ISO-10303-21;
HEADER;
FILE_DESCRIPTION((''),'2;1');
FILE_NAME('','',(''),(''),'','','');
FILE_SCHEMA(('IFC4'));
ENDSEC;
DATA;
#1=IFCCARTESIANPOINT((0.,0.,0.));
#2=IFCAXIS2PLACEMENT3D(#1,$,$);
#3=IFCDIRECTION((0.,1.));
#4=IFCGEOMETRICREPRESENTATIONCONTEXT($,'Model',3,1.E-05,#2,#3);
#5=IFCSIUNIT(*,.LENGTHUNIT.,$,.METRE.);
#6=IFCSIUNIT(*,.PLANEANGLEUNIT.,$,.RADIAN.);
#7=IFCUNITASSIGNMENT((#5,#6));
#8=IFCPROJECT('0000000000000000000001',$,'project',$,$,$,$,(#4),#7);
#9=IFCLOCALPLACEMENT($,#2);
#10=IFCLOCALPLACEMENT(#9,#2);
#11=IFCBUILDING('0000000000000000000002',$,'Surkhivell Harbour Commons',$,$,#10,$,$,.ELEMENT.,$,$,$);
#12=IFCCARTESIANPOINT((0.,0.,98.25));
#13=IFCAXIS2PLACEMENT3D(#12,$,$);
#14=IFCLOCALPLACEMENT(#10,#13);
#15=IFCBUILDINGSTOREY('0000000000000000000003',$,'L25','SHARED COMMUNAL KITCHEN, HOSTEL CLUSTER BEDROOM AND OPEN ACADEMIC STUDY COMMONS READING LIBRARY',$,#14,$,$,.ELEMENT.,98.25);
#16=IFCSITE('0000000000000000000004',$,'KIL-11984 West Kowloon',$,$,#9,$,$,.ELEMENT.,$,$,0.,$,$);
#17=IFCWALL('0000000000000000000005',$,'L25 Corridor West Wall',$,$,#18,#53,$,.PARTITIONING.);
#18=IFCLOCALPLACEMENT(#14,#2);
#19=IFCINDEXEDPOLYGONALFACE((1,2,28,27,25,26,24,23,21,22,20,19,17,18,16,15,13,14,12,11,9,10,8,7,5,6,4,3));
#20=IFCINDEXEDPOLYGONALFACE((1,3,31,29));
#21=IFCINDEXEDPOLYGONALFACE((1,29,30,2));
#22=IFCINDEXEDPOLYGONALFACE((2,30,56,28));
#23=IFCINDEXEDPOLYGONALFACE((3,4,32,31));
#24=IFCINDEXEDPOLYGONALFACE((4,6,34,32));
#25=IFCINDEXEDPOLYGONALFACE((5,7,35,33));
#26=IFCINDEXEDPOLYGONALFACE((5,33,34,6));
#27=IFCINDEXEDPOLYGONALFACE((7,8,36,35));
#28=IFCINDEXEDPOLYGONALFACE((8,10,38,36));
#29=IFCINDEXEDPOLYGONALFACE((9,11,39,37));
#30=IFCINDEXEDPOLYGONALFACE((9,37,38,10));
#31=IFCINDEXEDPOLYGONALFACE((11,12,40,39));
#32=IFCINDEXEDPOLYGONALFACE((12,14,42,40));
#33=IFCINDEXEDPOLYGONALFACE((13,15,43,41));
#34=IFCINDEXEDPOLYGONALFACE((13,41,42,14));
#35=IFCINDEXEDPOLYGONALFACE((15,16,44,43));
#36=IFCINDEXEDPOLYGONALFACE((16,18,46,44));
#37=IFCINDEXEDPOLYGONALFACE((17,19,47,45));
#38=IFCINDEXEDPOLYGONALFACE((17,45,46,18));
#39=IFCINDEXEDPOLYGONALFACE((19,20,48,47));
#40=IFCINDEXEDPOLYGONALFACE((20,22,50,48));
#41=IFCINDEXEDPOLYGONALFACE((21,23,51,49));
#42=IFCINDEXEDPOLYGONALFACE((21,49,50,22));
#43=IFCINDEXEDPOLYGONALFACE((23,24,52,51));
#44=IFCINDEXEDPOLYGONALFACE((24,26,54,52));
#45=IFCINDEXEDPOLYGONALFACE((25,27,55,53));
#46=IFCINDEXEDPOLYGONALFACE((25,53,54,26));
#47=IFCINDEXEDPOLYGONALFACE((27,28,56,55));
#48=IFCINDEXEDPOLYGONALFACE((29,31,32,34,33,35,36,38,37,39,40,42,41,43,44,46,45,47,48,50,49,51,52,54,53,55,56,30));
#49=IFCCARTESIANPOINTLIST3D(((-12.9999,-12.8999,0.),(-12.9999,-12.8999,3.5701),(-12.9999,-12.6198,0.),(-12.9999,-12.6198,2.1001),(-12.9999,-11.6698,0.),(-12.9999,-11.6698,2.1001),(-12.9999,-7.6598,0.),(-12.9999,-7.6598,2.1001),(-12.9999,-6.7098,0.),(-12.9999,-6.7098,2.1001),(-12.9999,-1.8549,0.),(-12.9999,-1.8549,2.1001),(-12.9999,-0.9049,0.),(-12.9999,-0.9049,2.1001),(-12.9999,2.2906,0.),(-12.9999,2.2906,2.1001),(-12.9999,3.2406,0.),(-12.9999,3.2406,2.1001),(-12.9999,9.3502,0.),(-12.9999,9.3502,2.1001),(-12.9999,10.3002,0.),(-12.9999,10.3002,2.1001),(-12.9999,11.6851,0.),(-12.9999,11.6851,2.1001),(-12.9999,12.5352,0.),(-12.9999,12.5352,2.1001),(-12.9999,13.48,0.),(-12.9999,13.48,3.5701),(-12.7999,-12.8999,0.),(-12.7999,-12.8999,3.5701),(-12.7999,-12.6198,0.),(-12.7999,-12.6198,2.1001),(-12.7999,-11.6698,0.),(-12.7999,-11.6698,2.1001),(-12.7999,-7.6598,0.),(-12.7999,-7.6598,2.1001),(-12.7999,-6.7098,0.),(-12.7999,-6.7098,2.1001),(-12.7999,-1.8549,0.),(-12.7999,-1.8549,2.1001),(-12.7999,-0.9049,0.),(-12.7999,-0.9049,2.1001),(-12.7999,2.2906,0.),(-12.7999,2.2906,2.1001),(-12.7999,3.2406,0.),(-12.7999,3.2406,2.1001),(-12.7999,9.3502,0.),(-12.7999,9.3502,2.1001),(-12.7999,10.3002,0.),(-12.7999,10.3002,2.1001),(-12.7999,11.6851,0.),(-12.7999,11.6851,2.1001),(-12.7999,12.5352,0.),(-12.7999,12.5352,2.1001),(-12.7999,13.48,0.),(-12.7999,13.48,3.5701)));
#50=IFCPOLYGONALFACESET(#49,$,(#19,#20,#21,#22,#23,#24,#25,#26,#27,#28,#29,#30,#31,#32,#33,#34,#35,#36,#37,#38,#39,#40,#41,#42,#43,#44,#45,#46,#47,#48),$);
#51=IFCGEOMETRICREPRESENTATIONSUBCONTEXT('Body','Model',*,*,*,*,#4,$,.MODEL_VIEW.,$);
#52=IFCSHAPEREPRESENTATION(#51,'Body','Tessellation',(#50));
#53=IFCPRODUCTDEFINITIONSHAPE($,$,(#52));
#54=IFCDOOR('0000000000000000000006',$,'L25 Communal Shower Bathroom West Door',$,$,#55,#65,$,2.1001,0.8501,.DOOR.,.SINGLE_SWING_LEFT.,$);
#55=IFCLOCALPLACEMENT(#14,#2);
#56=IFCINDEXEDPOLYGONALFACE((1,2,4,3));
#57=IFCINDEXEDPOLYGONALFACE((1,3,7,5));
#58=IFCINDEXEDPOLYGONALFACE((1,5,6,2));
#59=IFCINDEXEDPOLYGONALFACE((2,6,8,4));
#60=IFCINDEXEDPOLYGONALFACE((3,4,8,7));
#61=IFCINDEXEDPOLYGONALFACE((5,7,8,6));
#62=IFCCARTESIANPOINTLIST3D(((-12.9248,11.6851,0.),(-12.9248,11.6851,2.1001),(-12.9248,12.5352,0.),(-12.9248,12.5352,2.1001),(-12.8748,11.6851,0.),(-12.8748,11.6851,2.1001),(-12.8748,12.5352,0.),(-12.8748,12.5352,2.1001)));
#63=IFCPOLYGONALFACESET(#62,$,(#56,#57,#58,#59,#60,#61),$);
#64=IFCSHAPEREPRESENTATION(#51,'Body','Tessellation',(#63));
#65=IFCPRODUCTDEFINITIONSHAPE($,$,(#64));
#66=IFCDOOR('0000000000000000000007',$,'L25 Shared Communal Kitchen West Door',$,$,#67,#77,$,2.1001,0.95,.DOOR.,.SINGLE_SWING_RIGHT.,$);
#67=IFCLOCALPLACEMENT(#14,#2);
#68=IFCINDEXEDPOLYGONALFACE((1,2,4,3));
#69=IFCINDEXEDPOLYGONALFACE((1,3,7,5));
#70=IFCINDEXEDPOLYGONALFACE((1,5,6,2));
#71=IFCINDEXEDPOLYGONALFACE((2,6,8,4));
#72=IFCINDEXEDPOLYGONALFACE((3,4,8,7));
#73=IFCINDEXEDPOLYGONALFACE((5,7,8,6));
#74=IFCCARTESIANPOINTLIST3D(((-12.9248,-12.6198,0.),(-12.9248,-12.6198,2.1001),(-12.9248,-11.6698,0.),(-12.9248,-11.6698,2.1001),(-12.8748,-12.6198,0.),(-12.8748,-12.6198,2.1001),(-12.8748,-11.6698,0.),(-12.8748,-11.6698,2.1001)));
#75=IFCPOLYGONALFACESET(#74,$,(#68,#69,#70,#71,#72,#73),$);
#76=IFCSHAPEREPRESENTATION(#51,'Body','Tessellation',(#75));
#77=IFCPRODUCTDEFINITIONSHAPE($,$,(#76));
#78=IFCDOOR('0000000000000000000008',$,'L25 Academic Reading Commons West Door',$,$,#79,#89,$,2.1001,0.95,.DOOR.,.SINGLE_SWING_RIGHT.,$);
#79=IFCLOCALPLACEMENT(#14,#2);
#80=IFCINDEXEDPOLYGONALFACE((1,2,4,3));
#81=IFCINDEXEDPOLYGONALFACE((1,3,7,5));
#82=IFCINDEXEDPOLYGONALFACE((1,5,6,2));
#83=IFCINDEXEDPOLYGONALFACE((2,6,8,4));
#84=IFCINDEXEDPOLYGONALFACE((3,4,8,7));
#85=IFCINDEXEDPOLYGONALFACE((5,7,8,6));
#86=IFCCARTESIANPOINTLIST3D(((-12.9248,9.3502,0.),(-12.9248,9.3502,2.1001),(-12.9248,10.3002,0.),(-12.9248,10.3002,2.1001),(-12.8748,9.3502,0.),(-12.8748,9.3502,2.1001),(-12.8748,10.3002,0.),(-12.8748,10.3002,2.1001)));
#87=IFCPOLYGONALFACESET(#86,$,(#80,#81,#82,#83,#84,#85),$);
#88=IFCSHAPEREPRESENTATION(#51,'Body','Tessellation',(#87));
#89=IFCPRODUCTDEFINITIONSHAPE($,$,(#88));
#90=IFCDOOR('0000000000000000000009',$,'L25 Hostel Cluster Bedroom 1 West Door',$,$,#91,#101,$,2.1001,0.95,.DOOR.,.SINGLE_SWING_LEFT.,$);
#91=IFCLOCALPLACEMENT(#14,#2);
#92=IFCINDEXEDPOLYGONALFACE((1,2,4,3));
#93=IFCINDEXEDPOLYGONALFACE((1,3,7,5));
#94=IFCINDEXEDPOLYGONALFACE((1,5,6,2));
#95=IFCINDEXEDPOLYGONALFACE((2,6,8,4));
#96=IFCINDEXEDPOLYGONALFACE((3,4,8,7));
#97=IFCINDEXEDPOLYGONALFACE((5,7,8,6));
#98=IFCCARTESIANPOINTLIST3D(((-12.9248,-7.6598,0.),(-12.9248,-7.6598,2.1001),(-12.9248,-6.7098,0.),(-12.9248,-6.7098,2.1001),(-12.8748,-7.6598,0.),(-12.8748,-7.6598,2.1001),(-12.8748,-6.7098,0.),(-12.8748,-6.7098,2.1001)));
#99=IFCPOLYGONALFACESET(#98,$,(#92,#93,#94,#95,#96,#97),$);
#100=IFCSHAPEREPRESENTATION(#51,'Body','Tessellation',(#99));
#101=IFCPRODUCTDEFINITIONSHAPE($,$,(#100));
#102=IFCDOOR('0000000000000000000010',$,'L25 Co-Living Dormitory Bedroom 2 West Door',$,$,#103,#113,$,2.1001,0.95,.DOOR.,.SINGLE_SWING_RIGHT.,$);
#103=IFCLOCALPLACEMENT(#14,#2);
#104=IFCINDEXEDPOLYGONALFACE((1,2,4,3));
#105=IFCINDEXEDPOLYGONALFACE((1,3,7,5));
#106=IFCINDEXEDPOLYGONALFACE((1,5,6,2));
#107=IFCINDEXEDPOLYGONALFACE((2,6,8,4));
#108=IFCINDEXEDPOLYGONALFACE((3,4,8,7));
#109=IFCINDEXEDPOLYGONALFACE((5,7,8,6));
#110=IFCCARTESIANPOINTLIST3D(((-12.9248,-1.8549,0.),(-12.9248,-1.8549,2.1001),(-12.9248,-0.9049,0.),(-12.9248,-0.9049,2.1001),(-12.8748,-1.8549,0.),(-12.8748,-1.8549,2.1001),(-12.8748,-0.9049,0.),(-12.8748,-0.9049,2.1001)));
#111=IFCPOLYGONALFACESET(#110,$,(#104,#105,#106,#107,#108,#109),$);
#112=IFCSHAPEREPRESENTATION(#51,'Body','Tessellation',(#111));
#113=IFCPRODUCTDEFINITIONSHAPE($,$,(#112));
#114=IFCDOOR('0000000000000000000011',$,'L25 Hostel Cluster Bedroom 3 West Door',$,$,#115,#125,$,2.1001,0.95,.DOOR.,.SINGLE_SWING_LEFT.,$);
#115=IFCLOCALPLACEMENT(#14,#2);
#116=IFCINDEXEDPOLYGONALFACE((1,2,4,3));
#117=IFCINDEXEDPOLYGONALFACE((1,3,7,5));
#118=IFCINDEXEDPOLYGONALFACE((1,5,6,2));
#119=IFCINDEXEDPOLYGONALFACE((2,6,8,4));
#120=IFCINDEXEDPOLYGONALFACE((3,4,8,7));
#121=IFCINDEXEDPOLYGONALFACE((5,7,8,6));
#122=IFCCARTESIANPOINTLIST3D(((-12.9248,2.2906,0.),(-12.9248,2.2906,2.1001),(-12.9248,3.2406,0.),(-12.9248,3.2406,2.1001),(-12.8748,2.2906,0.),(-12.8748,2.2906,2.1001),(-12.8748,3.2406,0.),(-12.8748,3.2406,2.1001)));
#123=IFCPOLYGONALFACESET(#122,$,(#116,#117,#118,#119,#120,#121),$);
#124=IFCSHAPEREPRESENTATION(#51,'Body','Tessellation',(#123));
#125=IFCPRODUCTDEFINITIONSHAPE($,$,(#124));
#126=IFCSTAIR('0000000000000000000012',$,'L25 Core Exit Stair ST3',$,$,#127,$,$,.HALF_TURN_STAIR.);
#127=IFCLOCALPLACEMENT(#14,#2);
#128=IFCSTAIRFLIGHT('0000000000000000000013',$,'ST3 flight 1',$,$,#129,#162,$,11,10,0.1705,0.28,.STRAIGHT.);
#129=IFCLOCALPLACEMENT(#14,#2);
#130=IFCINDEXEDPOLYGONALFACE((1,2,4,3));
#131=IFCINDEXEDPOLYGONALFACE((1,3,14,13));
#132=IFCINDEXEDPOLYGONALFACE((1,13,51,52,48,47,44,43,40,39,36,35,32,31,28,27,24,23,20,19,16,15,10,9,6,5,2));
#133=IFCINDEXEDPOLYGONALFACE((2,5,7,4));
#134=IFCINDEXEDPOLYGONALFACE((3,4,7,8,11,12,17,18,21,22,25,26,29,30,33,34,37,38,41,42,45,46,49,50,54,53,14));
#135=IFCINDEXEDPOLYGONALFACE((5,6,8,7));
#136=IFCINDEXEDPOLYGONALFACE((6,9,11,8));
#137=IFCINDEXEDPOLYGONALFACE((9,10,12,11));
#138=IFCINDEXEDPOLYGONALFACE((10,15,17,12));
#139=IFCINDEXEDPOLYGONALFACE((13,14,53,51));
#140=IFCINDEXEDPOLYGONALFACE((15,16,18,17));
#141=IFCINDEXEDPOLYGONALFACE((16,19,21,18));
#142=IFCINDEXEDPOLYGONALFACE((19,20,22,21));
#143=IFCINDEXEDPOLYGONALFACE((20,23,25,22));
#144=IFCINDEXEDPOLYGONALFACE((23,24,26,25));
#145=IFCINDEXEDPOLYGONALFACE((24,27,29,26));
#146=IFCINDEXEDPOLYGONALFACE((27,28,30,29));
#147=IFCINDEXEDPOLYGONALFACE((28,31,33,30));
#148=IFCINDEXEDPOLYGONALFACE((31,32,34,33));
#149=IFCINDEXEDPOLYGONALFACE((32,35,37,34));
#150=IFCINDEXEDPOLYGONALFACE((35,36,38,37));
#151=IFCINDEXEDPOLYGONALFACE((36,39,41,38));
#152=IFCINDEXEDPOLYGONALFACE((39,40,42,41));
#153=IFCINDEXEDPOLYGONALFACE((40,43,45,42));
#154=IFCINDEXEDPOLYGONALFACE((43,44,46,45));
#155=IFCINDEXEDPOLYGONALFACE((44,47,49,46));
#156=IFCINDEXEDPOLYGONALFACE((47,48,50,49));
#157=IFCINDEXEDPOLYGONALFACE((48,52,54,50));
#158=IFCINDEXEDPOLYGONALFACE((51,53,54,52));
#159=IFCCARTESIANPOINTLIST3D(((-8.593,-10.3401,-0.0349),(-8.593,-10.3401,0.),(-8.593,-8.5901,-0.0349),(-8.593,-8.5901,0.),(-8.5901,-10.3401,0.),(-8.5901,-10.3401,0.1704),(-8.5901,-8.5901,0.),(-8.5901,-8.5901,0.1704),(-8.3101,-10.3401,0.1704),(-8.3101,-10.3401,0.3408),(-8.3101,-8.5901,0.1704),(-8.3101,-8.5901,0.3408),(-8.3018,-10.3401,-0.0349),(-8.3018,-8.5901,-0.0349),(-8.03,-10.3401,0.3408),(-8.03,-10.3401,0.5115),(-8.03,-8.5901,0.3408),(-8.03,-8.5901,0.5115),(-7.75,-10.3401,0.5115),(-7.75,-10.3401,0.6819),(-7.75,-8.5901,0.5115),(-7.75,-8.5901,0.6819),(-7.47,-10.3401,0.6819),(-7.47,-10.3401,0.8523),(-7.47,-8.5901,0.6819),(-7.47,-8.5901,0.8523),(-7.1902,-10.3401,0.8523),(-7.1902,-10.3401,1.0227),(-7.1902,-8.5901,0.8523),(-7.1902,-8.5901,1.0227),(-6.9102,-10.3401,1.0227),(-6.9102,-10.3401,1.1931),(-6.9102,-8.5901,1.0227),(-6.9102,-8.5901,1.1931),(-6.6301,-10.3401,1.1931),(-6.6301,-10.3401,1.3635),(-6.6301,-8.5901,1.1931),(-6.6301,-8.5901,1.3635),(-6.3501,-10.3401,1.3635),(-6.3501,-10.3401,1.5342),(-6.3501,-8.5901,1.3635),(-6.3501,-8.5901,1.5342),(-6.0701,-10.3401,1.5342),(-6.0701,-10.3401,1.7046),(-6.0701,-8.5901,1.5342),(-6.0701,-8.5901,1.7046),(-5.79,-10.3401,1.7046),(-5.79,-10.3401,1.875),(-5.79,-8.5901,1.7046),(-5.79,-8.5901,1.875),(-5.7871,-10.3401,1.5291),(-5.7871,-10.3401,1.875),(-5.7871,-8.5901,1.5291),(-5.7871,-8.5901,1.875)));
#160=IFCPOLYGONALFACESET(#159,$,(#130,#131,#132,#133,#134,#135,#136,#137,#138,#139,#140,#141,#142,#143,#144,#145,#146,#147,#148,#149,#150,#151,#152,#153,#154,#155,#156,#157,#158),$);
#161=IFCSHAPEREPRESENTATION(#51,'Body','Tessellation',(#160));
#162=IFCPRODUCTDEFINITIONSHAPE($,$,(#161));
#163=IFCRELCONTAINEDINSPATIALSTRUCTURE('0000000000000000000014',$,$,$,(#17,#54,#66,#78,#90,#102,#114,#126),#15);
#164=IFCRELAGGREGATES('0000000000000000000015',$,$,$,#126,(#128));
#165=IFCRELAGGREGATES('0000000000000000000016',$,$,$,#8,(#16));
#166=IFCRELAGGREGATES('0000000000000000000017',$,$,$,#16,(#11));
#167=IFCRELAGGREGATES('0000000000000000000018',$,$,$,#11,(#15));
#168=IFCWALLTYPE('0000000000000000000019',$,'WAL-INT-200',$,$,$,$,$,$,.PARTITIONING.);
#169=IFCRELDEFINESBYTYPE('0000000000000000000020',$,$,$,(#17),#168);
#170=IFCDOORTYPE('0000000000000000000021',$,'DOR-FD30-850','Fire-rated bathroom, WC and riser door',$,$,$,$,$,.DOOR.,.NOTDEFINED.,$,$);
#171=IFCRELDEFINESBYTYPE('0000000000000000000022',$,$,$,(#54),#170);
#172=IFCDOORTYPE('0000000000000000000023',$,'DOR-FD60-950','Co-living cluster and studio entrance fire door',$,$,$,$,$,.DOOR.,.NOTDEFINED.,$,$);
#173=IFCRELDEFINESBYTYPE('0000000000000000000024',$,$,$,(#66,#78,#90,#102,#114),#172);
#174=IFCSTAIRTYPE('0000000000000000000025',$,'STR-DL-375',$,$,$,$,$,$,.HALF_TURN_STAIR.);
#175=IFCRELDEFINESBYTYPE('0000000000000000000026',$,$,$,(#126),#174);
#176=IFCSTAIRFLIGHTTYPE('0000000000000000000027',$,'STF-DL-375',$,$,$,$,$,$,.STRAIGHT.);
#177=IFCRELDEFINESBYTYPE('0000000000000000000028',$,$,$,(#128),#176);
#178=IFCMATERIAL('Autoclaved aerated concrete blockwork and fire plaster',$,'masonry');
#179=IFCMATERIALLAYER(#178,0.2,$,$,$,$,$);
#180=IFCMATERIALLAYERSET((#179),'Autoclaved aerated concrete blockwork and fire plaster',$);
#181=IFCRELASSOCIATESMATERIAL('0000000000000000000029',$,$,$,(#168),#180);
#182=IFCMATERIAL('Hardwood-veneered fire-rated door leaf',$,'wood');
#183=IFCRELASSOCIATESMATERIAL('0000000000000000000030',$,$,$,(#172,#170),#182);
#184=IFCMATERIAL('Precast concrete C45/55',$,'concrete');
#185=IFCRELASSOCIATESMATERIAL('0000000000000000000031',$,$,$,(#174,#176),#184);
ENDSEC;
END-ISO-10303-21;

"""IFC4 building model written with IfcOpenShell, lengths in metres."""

from ifc_helpers import new_model, si_unit, direction, frame, frame_2d, origin, place, context, subcontext, project, spatial, polyline, rectangle, outline, extrude, material, layer, layer_set, type_object, element, fill, aggregate, save


model = new_model("IFC4")

# Units and contexts
model_context = context("Model", 3, precision=1e-05, world=origin(), true_north=direction((0.0, 1.0)))
body_context = subcontext(model_context, "Body", "Model", "MODEL_VIEW")
ifc_project = project(units=[si_unit("LENGTHUNIT", "METRE"), si_unit("PLANEANGLEUNIT", "RADIAN")], contexts=[model_context])

# Site, building, storey
site_placement = place(None, origin())
site = spatial("IfcSite", under=ifc_project, at=site_placement, Name="KIL-11984 West Kowloon", CompositionType="ELEMENT", RefElevation=0.0)
building_placement = place(site_placement, origin())
building = spatial("IfcBuilding", under=site, at=building_placement, Name="Surkhivell Harbour Commons", CompositionType="ELEMENT")
storey_placement = place(building_placement, frame((0.0, 0.0, 98.25)))
storey = spatial("IfcBuildingStorey", under=building, at=storey_placement, Name="L25", Description="SHARED COMMUNAL KITCHEN, HOSTEL CLUSTER BEDROOM AND OPEN ACADEMIC STUDY COMMONS READING LIBRARY", CompositionType="ELEMENT", Elevation=98.25)

# Shared definitions
ifc_material_1 = material(Name="Autoclaved aerated concrete blockwork and fire plaster", Category="masonry")
ifc_layer_1 = layer(ifc_material_1, 0.2)
ifc_layer_set_1 = layer_set([ifc_layer_1], Name="Autoclaved aerated concrete blockwork and fire plaster")
wall_type_1 = type_object("IfcWallType", Name="WAL-INT-200", PredefinedType="PARTITIONING", material=ifc_layer_set_1)

# Shared definitions
ifc_material_2 = material(Name="Hardwood-veneered fire-rated door leaf", Category="wood")
door_type_1 = type_object("IfcDoorType", Name="DOR-FD60-950", Description="Co-living cluster and studio entrance fire door", OperationType="NOTDEFINED", PredefinedType="DOOR", material=ifc_material_2)

# Wall, openings, doors
wall_1_placement = place(storey_placement, frame((-12.8999, -12.8999, 0.0), z_axis=(0.0, 0.0, 1.0), x_axis=(0.0, 1.0, 0.0)))
wall_1 = element("IfcWall", 1, at=wall_1_placement, inside=storey, type_object=wall_type_1, Name="L25 Corridor West Wall", PredefinedType="PARTITIONING", context=body_context, shape_type="SweptSolid", body=[
    extrude(rectangle(XDim=26.3799, YDim=0.2, at=frame_2d((13.1899, 0.0))), origin(), (0.0, 0.0, 1.0), 3.5701),
])
opening_1_placement = place(wall_1_placement, frame((0.28, 0.0, 0.0)))
opening_1 = element("IfcOpeningElement", 2, at=opening_1_placement, cuts=wall_1, PredefinedType="OPENING", context=body_context, shape_type="SweptSolid", body=[
    extrude(rectangle(XDim=0.95, YDim=2.1001, at=frame_2d((0.4751, 1.05))), frame((0.0, 0.1099, 0.0), z_axis=(0.0, -1.0, 0.0), x_axis=(1.0, 0.0, 0.0)), (0.0, 0.0, 1.0), 0.22),
])
opening_2_placement = place(wall_1_placement, frame((24.585, 0.0, 0.0)))
opening_2 = element("IfcOpeningElement", 3, at=opening_2_placement, cuts=wall_1, PredefinedType="OPENING", context=body_context, shape_type="SweptSolid", body=[
    extrude(rectangle(XDim=0.8501, YDim=2.1001, at=frame_2d((0.425, 1.05))), frame((0.0, 0.1099, 0.0), z_axis=(0.0, -1.0, 0.0), x_axis=(1.0, 0.0, 0.0)), (0.0, 0.0, 1.0), 0.22),
])
opening_3_placement = place(wall_1_placement, frame((22.25, 0.0, 0.0)))
opening_3 = element("IfcOpeningElement", 4, at=opening_3_placement, cuts=wall_1, PredefinedType="OPENING", context=body_context, shape_type="SweptSolid", body=[
    extrude(rectangle(XDim=0.95, YDim=2.1001, at=frame_2d((0.4751, 1.05))), frame((0.0, 0.1099, 0.0), z_axis=(0.0, -1.0, 0.0), x_axis=(1.0, 0.0, 0.0)), (0.0, 0.0, 1.0), 0.22),
])
opening_4_placement = place(wall_1_placement, frame((5.24, 0.0, 0.0)))
opening_4 = element("IfcOpeningElement", 5, at=opening_4_placement, cuts=wall_1, PredefinedType="OPENING", context=body_context, shape_type="SweptSolid", body=[
    extrude(rectangle(XDim=0.95, YDim=2.1001, at=frame_2d((0.4751, 1.05))), frame((0.0, 0.1099, 0.0), z_axis=(0.0, -1.0, 0.0), x_axis=(1.0, 0.0, 0.0)), (0.0, 0.0, 1.0), 0.22),
])
opening_5_placement = place(wall_1_placement, frame((11.0449, 0.0, 0.0)))
opening_5 = element("IfcOpeningElement", 6, at=opening_5_placement, cuts=wall_1, PredefinedType="OPENING", context=body_context, shape_type="SweptSolid", body=[
    extrude(rectangle(XDim=0.95, YDim=2.1001, at=frame_2d((0.4751, 1.05))), frame((0.0, 0.1099, 0.0), z_axis=(0.0, -1.0, 0.0), x_axis=(1.0, 0.0, 0.0)), (0.0, 0.0, 1.0), 0.22),
])
opening_6_placement = place(wall_1_placement, frame((15.1904, 0.0, 0.0)))
opening_6 = element("IfcOpeningElement", 7, at=opening_6_placement, cuts=wall_1, PredefinedType="OPENING", context=body_context, shape_type="SweptSolid", body=[
    extrude(rectangle(XDim=0.95, YDim=2.1001, at=frame_2d((0.4751, 1.05))), frame((0.0, 0.1099, 0.0), z_axis=(0.0, -1.0, 0.0), x_axis=(1.0, 0.0, 0.0)), (0.0, 0.0, 1.0), 0.22),
])
door_type_2 = type_object("IfcDoorType", Name="DOR-FD30-850", Description="Fire-rated bathroom, WC and riser door", OperationType="NOTDEFINED", PredefinedType="DOOR", material=ifc_material_2)
door_1_placement = place(opening_2_placement, origin())
door_1 = element("IfcDoor", 8, at=door_1_placement, inside=storey, type_object=door_type_2, Name="L25 Communal Shower Bathroom West Door", OperationType="SINGLE_SWING_LEFT", OverallHeight=2.1001, OverallWidth=0.8501, PredefinedType="DOOR", context=body_context, shape_type="SweptSolid", body=[
    extrude(rectangle(XDim=0.8501, YDim=2.1001, at=frame_2d((0.425, 1.05))), frame((0.0, 0.0249, 0.0), z_axis=(0.0, -1.0, 0.0), x_axis=(1.0, 0.0, 0.0)), (0.0, 0.0, 1.0), 0.05),
])
fill(opening_2, door_1)
door_2_placement = place(opening_1_placement, origin())
door_2 = element("IfcDoor", 9, at=door_2_placement, inside=storey, type_object=door_type_1, Name="L25 Shared Communal Kitchen West Door", OperationType="SINGLE_SWING_RIGHT", OverallHeight=2.1001, OverallWidth=0.95, PredefinedType="DOOR", context=body_context, shape_type="SweptSolid", body=[
    extrude(rectangle(XDim=0.95, YDim=2.1001, at=frame_2d((0.4751, 1.05))), frame((0.0, 0.0249, 0.0), z_axis=(0.0, -1.0, 0.0), x_axis=(1.0, 0.0, 0.0)), (0.0, 0.0, 1.0), 0.05),
])
fill(opening_1, door_2)
door_3_placement = place(opening_3_placement, origin())
door_3 = element("IfcDoor", 10, at=door_3_placement, inside=storey, type_object=door_type_1, Name="L25 Academic Reading Commons West Door", OperationType="SINGLE_SWING_RIGHT", OverallHeight=2.1001, OverallWidth=0.95, PredefinedType="DOOR", context=body_context, shape_type="SweptSolid", body=[
    extrude(rectangle(XDim=0.95, YDim=2.1001, at=frame_2d((0.4751, 1.05))), frame((0.0, 0.0249, 0.0), z_axis=(0.0, -1.0, 0.0), x_axis=(1.0, 0.0, 0.0)), (0.0, 0.0, 1.0), 0.05),
])
fill(opening_3, door_3)
door_4_placement = place(opening_4_placement, origin())
door_4 = element("IfcDoor", 11, at=door_4_placement, inside=storey, type_object=door_type_1, Name="L25 Hostel Cluster Bedroom 1 West Door", OperationType="SINGLE_SWING_LEFT", OverallHeight=2.1001, OverallWidth=0.95, PredefinedType="DOOR", context=body_context, shape_type="SweptSolid", body=[
    extrude(rectangle(XDim=0.95, YDim=2.1001, at=frame_2d((0.4751, 1.05))), frame((0.0, 0.0249, 0.0), z_axis=(0.0, -1.0, 0.0), x_axis=(1.0, 0.0, 0.0)), (0.0, 0.0, 1.0), 0.05),
])
fill(opening_4, door_4)
door_5_placement = place(opening_5_placement, origin())
door_5 = element("IfcDoor", 12, at=door_5_placement, inside=storey, type_object=door_type_1, Name="L25 Co-Living Dormitory Bedroom 2 West Door", OperationType="SINGLE_SWING_RIGHT", OverallHeight=2.1001, OverallWidth=0.95, PredefinedType="DOOR", context=body_context, shape_type="SweptSolid", body=[
    extrude(rectangle(XDim=0.95, YDim=2.1001, at=frame_2d((0.4751, 1.05))), frame((0.0, 0.0249, 0.0), z_axis=(0.0, -1.0, 0.0), x_axis=(1.0, 0.0, 0.0)), (0.0, 0.0, 1.0), 0.05),
])
fill(opening_5, door_5)
door_6_placement = place(opening_6_placement, origin())
door_6 = element("IfcDoor", 13, at=door_6_placement, inside=storey, type_object=door_type_1, Name="L25 Hostel Cluster Bedroom 3 West Door", OperationType="SINGLE_SWING_LEFT", OverallHeight=2.1001, OverallWidth=0.95, PredefinedType="DOOR", context=body_context, shape_type="SweptSolid", body=[
    extrude(rectangle(XDim=0.95, YDim=2.1001, at=frame_2d((0.4751, 1.05))), frame((0.0, 0.0249, 0.0), z_axis=(0.0, -1.0, 0.0), x_axis=(1.0, 0.0, 0.0)), (0.0, 0.0, 1.0), 0.05),
])
fill(opening_6, door_6)

# Stair, stair flight
ifc_material_3 = material(Name="Precast concrete C45/55", Category="concrete")
stair_type = type_object("IfcStairType", Name="STR-DL-375", PredefinedType="HALF_TURN_STAIR", material=ifc_material_3)
stair_placement = place(storey_placement, origin())
stair = element("IfcStair", 14, at=stair_placement, inside=storey, type_object=stair_type, Name="L25 Core Exit Stair ST3", PredefinedType="HALF_TURN_STAIR")
stair_flight_type = type_object("IfcStairFlightType", Name="STF-DL-375", PredefinedType="STRAIGHT", material=ifc_material_3)
stair_flight_placement = place(storey_placement, frame((-8.5901, -9.4651, 0.0), z_axis=(0.0, 0.0, 1.0), x_axis=(1.0, 0.0, 0.0)))
stair_flight = element("IfcStairFlight", 15, at=stair_flight_placement, type_object=stair_flight_type, Name="ST3 flight 1", NumberOfRisers=11, NumberOfTreads=10, PredefinedType="STRAIGHT", RiserHeight=0.1705, TreadLength=0.28, context=body_context, shape_type="SweptSolid", body=[
    extrude(outline(polyline([(-0.0029, -0.0349), (-0.0029, 0.0), (0.0, 0.0), (0.0, 0.1704), (0.28, 0.1704), (0.28, 0.3408), (0.5601, 0.3408), (0.5601, 0.5115), (0.8401, 0.5115), (0.8401, 0.6819), (1.1201, 0.6819), (1.1201, 0.8523), (1.3999, 0.8523), (1.3999, 1.0227), (1.6799, 1.0227), (1.6799, 1.1931), (1.96, 1.1931), (1.96, 1.3635), (2.24, 1.3635), (2.24, 1.5342), (2.52, 1.5342), (2.52, 1.7046), (2.8, 1.7046), (2.8, 1.875), (2.803, 1.875), (2.803, 1.5291), (0.2883, -0.0349), (-0.0029, -0.0349)])), frame((0.0, 0.875, 0.0), z_axis=(0.0, -1.0, 0.0), x_axis=(1.0, 0.0, 0.0)), (0.0, 0.0, 1.0), 1.75),
])
aggregate(stair, [stair_flight])

save(model, "model.ifc")
